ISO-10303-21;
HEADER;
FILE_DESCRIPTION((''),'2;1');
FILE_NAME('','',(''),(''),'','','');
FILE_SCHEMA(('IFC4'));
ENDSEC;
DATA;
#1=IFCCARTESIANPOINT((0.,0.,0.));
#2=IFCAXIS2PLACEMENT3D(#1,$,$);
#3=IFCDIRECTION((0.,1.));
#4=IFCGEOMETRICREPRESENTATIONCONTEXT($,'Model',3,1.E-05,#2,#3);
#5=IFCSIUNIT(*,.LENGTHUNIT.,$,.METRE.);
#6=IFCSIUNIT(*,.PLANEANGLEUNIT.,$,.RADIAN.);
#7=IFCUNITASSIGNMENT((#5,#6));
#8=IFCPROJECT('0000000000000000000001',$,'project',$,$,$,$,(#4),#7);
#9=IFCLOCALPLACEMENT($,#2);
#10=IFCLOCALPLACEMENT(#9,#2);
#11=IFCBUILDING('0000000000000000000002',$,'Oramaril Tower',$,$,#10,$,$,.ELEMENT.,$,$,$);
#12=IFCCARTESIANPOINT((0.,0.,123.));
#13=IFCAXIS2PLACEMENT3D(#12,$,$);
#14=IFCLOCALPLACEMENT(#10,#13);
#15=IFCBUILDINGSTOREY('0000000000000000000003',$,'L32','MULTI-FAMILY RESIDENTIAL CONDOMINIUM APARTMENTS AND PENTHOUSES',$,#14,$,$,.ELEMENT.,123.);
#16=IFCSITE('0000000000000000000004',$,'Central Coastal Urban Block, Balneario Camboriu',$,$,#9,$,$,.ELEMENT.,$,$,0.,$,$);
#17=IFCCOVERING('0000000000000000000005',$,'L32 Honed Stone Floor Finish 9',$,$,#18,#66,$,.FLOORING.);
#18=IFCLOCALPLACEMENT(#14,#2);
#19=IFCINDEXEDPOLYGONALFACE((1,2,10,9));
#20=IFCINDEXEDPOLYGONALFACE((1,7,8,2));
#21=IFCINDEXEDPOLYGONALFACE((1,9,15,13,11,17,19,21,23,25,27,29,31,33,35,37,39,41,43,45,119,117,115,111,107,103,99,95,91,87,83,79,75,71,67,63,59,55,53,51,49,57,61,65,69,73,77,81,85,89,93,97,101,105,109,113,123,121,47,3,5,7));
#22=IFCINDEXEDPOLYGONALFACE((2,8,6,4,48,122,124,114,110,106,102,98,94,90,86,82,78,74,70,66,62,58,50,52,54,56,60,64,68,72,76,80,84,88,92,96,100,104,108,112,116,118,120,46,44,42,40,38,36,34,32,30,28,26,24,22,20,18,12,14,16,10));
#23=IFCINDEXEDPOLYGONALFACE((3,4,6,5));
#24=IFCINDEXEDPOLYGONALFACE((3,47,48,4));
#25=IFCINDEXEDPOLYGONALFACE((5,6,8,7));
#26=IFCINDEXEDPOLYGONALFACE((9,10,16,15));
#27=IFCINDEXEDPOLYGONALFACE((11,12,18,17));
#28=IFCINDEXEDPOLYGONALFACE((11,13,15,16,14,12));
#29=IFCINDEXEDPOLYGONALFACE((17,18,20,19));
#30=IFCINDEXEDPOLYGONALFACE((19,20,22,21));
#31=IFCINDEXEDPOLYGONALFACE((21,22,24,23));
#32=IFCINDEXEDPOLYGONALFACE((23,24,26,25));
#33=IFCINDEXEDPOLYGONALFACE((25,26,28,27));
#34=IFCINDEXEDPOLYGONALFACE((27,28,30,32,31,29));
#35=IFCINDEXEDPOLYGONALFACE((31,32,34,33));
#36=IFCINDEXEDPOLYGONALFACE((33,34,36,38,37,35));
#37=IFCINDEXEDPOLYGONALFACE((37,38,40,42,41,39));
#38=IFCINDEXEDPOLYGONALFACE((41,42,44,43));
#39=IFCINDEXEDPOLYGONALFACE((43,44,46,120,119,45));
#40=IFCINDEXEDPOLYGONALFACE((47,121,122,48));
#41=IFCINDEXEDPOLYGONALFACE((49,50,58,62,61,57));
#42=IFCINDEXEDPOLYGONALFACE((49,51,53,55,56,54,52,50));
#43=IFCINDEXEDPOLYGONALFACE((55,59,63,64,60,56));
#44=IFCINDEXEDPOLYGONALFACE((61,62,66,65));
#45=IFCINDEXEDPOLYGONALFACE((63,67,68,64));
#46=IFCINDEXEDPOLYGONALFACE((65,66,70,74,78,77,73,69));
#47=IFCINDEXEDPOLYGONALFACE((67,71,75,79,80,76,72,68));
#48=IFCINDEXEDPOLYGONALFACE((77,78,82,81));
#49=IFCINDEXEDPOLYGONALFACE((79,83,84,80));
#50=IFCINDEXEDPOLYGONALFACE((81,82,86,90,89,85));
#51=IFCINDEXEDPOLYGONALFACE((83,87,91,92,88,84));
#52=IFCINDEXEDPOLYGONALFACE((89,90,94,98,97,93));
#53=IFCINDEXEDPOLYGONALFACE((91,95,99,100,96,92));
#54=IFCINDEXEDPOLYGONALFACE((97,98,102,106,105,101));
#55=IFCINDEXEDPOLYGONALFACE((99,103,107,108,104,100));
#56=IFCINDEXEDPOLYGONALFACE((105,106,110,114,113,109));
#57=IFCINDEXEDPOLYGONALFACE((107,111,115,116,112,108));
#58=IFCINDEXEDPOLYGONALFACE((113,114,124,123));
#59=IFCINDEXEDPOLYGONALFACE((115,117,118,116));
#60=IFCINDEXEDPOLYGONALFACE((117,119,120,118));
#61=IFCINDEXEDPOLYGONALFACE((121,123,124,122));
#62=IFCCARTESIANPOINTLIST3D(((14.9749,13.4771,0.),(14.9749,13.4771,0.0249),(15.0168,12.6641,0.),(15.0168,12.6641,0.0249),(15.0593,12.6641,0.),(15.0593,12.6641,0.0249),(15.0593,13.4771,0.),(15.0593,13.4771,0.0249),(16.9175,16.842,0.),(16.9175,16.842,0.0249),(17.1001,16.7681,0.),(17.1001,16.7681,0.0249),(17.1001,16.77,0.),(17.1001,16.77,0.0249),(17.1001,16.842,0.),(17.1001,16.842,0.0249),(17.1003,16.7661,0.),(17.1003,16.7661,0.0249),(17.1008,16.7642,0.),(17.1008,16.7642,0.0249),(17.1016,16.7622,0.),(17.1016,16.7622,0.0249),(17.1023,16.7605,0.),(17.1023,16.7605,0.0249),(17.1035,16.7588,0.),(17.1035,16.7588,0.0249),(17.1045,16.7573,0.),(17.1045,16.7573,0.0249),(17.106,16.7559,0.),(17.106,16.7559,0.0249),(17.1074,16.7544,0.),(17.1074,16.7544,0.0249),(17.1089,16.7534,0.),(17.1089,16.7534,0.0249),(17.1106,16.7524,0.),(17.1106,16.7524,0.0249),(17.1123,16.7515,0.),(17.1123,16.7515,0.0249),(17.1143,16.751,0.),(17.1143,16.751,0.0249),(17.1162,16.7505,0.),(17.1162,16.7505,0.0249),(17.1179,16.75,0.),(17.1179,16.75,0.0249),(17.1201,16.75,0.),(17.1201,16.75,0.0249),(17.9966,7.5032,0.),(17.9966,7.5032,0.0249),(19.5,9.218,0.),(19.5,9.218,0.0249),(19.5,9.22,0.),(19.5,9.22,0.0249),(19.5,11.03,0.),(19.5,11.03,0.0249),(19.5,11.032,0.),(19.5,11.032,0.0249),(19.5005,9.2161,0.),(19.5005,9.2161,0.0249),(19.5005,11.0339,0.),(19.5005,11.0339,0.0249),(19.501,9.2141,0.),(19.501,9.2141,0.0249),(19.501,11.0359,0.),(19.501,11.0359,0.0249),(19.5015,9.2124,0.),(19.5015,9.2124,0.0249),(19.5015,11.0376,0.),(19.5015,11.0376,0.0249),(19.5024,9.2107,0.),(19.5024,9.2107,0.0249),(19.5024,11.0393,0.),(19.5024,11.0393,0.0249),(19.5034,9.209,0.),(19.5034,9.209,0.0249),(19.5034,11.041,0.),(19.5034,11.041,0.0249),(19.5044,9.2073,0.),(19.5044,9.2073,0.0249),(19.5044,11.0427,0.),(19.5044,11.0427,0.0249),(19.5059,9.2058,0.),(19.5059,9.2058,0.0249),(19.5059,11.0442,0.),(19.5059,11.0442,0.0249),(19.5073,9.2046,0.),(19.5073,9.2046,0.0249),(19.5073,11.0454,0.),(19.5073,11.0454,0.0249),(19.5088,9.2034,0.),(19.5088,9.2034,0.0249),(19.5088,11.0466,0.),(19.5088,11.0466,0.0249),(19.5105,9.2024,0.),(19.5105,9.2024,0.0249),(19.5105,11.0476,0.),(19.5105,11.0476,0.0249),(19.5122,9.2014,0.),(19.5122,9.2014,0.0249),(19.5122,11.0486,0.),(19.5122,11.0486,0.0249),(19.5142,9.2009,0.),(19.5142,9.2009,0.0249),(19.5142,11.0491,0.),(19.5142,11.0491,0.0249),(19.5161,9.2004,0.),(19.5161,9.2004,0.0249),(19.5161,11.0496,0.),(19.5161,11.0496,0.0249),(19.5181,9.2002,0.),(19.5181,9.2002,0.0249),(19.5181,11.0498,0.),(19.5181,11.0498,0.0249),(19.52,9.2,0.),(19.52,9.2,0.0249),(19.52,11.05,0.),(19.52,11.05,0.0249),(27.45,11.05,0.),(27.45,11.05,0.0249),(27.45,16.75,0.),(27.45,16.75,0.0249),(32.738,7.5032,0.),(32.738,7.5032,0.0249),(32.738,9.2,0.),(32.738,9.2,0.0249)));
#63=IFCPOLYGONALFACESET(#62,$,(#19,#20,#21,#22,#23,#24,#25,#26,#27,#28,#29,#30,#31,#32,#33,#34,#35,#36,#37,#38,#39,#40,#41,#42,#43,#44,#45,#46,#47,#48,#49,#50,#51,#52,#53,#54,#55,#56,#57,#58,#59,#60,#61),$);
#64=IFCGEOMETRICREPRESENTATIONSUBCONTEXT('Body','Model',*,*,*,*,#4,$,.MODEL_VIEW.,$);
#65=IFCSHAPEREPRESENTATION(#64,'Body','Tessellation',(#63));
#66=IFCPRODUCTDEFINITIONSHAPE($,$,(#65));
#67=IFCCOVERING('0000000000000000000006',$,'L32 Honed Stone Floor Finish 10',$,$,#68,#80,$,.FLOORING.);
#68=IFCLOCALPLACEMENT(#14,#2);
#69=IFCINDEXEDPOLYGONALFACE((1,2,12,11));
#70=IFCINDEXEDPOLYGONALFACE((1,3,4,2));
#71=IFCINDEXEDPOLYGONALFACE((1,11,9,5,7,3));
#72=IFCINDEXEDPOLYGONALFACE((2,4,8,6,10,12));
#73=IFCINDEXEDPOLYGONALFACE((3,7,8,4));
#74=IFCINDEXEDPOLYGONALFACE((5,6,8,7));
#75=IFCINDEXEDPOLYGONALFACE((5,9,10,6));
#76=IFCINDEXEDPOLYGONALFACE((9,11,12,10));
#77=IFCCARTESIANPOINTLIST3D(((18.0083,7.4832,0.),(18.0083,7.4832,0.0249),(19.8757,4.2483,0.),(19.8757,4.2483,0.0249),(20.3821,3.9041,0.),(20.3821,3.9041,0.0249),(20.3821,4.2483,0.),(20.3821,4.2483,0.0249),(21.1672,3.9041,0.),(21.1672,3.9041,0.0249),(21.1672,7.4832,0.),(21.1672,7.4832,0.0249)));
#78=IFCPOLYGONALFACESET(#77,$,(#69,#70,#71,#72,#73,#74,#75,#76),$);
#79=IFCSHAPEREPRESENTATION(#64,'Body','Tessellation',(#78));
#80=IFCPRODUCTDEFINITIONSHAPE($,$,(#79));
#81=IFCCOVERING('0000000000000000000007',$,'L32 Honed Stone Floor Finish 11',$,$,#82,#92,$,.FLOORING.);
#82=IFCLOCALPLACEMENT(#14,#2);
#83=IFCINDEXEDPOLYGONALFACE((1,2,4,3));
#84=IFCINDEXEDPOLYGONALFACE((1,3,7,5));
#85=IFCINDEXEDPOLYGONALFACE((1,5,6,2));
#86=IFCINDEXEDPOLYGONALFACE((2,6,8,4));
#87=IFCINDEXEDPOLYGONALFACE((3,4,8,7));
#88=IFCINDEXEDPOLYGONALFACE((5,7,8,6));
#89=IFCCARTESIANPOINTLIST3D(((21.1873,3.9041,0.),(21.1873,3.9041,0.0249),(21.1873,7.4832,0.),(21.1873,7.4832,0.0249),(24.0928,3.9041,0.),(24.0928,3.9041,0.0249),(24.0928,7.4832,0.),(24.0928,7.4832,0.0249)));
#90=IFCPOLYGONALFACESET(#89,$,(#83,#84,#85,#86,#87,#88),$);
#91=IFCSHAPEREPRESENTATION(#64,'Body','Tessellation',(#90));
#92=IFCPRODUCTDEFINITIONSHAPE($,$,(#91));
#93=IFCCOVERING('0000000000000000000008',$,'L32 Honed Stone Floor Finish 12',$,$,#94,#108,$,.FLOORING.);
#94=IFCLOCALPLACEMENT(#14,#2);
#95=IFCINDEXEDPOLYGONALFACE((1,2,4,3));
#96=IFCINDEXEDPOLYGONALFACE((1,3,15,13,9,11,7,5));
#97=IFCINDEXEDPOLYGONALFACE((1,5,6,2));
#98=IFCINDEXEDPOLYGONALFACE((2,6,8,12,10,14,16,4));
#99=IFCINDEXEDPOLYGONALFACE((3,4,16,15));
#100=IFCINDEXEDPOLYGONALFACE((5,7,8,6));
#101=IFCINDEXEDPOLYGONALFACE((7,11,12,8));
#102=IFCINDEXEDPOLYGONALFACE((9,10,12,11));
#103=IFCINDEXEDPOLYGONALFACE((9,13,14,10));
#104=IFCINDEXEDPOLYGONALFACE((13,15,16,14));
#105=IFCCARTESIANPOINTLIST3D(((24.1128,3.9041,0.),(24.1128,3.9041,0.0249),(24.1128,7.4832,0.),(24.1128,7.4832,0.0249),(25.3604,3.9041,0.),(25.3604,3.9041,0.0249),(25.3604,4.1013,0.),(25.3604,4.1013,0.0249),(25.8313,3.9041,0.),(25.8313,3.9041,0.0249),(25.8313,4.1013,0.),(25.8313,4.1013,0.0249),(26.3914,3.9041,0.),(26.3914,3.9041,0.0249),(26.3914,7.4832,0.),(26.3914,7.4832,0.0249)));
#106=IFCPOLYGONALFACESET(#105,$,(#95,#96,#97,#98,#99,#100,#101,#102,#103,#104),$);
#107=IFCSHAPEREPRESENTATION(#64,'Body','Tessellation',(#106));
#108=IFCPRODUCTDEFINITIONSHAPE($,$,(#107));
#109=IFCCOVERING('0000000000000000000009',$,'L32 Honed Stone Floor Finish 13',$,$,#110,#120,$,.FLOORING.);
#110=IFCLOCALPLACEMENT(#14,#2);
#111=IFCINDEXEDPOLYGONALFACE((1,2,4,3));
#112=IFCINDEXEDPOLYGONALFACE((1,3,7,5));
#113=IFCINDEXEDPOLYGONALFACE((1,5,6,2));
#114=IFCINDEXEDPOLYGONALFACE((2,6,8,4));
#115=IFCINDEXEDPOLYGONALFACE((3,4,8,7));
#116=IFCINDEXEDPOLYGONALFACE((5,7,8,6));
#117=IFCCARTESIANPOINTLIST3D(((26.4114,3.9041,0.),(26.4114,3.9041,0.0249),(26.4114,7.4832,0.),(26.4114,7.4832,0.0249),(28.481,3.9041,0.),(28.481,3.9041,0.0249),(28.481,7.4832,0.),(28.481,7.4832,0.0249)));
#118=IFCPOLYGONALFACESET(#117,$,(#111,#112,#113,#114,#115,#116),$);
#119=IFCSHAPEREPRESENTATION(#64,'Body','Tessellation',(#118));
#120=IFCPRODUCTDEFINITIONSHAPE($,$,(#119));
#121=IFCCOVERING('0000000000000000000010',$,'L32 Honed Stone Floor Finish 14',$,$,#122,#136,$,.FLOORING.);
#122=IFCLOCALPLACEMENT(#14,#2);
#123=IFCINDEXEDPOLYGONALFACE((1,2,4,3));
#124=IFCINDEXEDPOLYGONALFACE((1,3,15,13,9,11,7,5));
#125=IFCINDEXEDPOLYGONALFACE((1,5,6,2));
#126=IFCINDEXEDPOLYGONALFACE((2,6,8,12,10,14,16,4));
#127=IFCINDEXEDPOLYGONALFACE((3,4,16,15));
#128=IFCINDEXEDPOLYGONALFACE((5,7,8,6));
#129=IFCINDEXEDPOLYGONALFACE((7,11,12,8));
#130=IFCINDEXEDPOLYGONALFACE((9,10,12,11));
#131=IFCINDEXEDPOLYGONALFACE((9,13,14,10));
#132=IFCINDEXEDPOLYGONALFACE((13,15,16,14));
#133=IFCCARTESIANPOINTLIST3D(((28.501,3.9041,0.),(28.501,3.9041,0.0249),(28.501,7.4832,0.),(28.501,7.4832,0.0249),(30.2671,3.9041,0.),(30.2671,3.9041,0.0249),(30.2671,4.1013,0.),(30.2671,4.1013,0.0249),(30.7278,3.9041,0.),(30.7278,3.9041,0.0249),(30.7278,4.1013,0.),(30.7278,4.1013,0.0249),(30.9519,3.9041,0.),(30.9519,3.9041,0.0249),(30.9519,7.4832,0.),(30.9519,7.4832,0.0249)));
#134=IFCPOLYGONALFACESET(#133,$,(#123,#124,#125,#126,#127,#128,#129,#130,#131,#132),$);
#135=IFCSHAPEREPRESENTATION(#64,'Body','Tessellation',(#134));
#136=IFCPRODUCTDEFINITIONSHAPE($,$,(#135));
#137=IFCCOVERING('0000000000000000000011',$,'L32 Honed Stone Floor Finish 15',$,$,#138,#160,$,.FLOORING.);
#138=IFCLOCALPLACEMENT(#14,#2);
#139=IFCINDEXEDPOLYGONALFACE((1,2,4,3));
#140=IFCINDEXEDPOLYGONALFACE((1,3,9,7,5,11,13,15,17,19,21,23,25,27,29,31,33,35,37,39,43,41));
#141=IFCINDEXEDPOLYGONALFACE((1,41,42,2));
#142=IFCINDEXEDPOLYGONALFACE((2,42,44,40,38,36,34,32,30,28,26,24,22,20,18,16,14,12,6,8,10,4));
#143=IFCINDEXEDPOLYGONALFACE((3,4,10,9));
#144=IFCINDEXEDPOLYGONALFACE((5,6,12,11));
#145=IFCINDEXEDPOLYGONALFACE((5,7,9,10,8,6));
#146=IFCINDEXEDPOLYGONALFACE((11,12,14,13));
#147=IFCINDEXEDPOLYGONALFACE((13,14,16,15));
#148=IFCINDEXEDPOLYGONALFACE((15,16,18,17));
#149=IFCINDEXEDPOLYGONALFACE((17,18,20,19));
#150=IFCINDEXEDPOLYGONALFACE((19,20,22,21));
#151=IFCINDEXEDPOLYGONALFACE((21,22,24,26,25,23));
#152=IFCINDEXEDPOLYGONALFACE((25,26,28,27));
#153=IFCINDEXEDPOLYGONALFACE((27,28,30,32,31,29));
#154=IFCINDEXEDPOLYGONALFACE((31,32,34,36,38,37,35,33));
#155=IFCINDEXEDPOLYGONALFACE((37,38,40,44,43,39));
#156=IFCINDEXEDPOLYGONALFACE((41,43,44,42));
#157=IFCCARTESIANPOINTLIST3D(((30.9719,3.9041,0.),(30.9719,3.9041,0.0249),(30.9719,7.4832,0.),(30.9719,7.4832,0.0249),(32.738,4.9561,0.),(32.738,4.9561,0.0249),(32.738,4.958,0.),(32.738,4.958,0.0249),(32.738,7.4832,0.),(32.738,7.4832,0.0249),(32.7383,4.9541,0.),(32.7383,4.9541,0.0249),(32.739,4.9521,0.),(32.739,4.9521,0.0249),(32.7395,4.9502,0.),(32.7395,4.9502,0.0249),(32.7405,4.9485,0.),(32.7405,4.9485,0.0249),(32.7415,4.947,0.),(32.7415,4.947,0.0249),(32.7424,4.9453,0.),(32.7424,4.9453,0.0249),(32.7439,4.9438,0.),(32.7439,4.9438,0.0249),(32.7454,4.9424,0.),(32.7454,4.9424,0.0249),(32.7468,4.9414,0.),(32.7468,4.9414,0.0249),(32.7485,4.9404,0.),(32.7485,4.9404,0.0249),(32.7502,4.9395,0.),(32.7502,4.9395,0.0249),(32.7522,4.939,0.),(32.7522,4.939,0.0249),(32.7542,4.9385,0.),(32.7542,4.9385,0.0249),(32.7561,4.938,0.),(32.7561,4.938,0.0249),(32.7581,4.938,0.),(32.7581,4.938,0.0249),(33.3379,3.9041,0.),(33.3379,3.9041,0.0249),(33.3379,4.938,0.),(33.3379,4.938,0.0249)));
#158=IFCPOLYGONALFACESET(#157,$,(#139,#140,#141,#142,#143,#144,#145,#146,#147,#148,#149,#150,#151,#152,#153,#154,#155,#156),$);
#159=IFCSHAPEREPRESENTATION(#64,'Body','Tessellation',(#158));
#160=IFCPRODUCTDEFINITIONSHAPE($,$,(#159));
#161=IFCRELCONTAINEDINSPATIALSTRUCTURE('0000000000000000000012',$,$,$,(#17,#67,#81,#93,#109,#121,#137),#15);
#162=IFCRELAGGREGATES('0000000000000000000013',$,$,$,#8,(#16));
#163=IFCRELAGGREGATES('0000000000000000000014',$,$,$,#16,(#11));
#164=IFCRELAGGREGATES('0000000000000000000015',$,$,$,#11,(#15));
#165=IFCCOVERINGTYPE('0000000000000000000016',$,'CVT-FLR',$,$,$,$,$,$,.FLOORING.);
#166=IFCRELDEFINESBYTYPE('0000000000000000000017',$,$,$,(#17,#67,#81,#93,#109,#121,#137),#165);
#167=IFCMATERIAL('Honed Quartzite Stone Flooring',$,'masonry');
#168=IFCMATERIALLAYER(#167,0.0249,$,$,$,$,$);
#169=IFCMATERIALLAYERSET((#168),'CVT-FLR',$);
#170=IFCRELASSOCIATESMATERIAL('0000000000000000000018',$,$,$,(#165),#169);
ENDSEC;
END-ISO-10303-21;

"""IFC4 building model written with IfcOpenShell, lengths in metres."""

from ifc_helpers import new_model, si_unit, direction, frame, origin, place, context, subcontext, project, spatial, polyline, outline, extrude, material, layer, layer_set, type_object, element, save


model = new_model("IFC4")

# Units and contexts
model_context = context("Model", 3, precision=1e-05, world=origin(), true_north=direction((0.0, 1.0)))
body_context = subcontext(model_context, "Body", "Model", "MODEL_VIEW")
ifc_project = project(units=[si_unit("LENGTHUNIT", "METRE"), si_unit("PLANEANGLEUNIT", "RADIAN")], contexts=[model_context])

# Site, building, storey
site_placement = place(None, origin())
site = spatial("IfcSite", under=ifc_project, at=site_placement, Name="Central Coastal Urban Block, Balneario Camboriu", CompositionType="ELEMENT", RefElevation=0.0)
building_placement = place(site_placement, origin())
building = spatial("IfcBuilding", under=site, at=building_placement, Name="Oramaril Tower", CompositionType="ELEMENT")
storey_placement = place(building_placement, frame((0.0, 0.0, 123.0)))
storey = spatial("IfcBuildingStorey", under=building, at=storey_placement, Name="L32", Description="MULTI-FAMILY RESIDENTIAL CONDOMINIUM APARTMENTS AND PENTHOUSES", CompositionType="ELEMENT", Elevation=123.0)

# Coverings
ifc_material_1 = material(Name="Honed Quartzite Stone Flooring", Category="masonry")
ifc_layer_1 = layer(ifc_material_1, 0.0249)
ifc_layer_set_1 = layer_set([ifc_layer_1], Name="CVT-FLR")
covering_type_1 = type_object("IfcCoveringType", Name="CVT-FLR", PredefinedType="FLOORING", material=ifc_layer_set_1)
covering_1_placement = place(storey_placement, origin())
element("IfcCovering", 1, at=covering_1_placement, inside=storey, type_object=covering_type_1, Name="L32 Honed Stone Floor Finish 9", PredefinedType="FLOORING", context=body_context, shape_type="SweptSolid", body=[
    extrude(outline(polyline([(17.1001, 16.842), (17.1001, 16.77), (17.1001, 16.7681), (17.1003, 16.7661), (17.1008, 16.7642), (17.1016, 16.7622), (17.1023, 16.7605), (17.1035, 16.7588), (17.1045, 16.7573), (17.106, 16.7559), (17.1074, 16.7544), (17.1089, 16.7534), (17.1106, 16.7524), (17.1123, 16.7515), (17.1143, 16.751), (17.1162, 16.7505), (17.1179, 16.75), (17.1201, 16.75), (27.45, 16.75), (27.45, 11.05), (19.52, 11.05), (19.5181, 11.0498), (19.5161, 11.0496), (19.5142, 11.0491), (19.5122, 11.0486), (19.5105, 11.0476), (19.5088, 11.0466), (19.5073, 11.0454), (19.5059, 11.0442), (19.5044, 11.0427), (19.5034, 11.041), (19.5024, 11.0393), (19.5015, 11.0376), (19.501, 11.0359), (19.5005, 11.0339), (19.5, 11.032), (19.5, 11.03), (19.5, 9.22), (19.5, 9.218), (19.5005, 9.2161), (19.501, 9.2141), (19.5015, 9.2124), (19.5024, 9.2107), (19.5034, 9.209), (19.5044, 9.2073), (19.5059, 9.2058), (19.5073, 9.2046), (19.5088, 9.2034), (19.5105, 9.2024), (19.5122, 9.2014), (19.5142, 9.2009), (19.5161, 9.2004), (19.5181, 9.2002), (19.52, 9.2), (32.738, 9.2), (32.738, 7.5032), (17.9966, 7.5032), (15.0168, 12.6641), (15.0593, 12.6641), (15.0593, 13.4771), (14.9749, 13.4771), (16.9175, 16.842), (17.1001, 16.842)])), origin(), (0.0, 0.0, 1.0), 0.0249),
])
covering_2_placement = place(storey_placement, origin())
element("IfcCovering", 2, at=covering_2_placement, inside=storey, type_object=covering_type_1, Name="L32 Honed Stone Floor Finish 10", PredefinedType="FLOORING", context=body_context, shape_type="SweptSolid", body=[
    extrude(outline(polyline([(20.3821, 3.9041), (20.3821, 4.2483), (19.8757, 4.2483), (18.0083, 7.4832), (21.1672, 7.4832), (21.1672, 3.9041), (20.3821, 3.9041)])), origin(), (0.0, 0.0, 1.0), 0.0249),
])
covering_3_placement = place(storey_placement, origin())
element("IfcCovering", 3, at=covering_3_placement, inside=storey, type_object=covering_type_1, Name="L32 Honed Stone Floor Finish 11", PredefinedType="FLOORING", context=body_context, shape_type="SweptSolid", body=[
    extrude(outline(polyline([(21.1873, 3.9041), (21.1873, 7.4832), (24.0928, 7.4832), (24.0928, 3.9041), (21.1873, 3.9041)])), origin(), (0.0, 0.0, 1.0), 0.0249),
])
covering_4_placement = place(storey_placement, origin())
element("IfcCovering", 4, at=covering_4_placement, inside=storey, type_object=covering_type_1, Name="L32 Honed Stone Floor Finish 12", PredefinedType="FLOORING", context=body_context, shape_type="SweptSolid", body=[
    extrude(outline(polyline([(25.8313, 3.9041), (25.8313, 4.1013), (25.3604, 4.1013), (25.3604, 3.9041), (24.1128, 3.9041), (24.1128, 7.4832), (26.3914, 7.4832), (26.3914, 3.9041), (25.8313, 3.9041)])), origin(), (0.0, 0.0, 1.0), 0.0249),
])
covering_5_placement = place(storey_placement, origin())
element("IfcCovering", 5, at=covering_5_placement, inside=storey, type_object=covering_type_1, Name="L32 Honed Stone Floor Finish 13", PredefinedType="FLOORING", context=body_context, shape_type="SweptSolid", body=[
    extrude(outline(polyline([(26.4114, 3.9041), (26.4114, 7.4832), (28.481, 7.4832), (28.481, 3.9041), (26.4114, 3.9041)])), origin(), (0.0, 0.0, 1.0), 0.0249),
])
covering_6_placement = place(storey_placement, origin())
element("IfcCovering", 6, at=covering_6_placement, inside=storey, type_object=covering_type_1, Name="L32 Honed Stone Floor Finish 14", PredefinedType="FLOORING", context=body_context, shape_type="SweptSolid", body=[
    extrude(outline(polyline([(30.7278, 3.9041), (30.7278, 4.1013), (30.2671, 4.1013), (30.2671, 3.9041), (28.501, 3.9041), (28.501, 7.4832), (30.9519, 7.4832), (30.9519, 3.9041), (30.7278, 3.9041)])), origin(), (0.0, 0.0, 1.0), 0.0249),
])
covering_7_placement = place(storey_placement, origin())
element("IfcCovering", 7, at=covering_7_placement, inside=storey, type_object=covering_type_1, Name="L32 Honed Stone Floor Finish 15", PredefinedType="FLOORING", context=body_context, shape_type="SweptSolid", body=[
    extrude(outline(polyline([(30.9719, 3.9041), (30.9719, 7.4832), (32.738, 7.4832), (32.738, 4.958), (32.738, 4.9561), (32.7383, 4.9541), (32.739, 4.9521), (32.7395, 4.9502), (32.7405, 4.9485), (32.7415, 4.947), (32.7424, 4.9453), (32.7439, 4.9438), (32.7454, 4.9424), (32.7468, 4.9414), (32.7485, 4.9404), (32.7502, 4.9395), (32.7522, 4.939), (32.7542, 4.9385), (32.7561, 4.938), (32.7581, 4.938), (33.3379, 4.938), (33.3379, 3.9041), (30.9719, 3.9041)])), origin(), (0.0, 0.0, 1.0), 0.0249),
])

save(model, "model.ifc")
